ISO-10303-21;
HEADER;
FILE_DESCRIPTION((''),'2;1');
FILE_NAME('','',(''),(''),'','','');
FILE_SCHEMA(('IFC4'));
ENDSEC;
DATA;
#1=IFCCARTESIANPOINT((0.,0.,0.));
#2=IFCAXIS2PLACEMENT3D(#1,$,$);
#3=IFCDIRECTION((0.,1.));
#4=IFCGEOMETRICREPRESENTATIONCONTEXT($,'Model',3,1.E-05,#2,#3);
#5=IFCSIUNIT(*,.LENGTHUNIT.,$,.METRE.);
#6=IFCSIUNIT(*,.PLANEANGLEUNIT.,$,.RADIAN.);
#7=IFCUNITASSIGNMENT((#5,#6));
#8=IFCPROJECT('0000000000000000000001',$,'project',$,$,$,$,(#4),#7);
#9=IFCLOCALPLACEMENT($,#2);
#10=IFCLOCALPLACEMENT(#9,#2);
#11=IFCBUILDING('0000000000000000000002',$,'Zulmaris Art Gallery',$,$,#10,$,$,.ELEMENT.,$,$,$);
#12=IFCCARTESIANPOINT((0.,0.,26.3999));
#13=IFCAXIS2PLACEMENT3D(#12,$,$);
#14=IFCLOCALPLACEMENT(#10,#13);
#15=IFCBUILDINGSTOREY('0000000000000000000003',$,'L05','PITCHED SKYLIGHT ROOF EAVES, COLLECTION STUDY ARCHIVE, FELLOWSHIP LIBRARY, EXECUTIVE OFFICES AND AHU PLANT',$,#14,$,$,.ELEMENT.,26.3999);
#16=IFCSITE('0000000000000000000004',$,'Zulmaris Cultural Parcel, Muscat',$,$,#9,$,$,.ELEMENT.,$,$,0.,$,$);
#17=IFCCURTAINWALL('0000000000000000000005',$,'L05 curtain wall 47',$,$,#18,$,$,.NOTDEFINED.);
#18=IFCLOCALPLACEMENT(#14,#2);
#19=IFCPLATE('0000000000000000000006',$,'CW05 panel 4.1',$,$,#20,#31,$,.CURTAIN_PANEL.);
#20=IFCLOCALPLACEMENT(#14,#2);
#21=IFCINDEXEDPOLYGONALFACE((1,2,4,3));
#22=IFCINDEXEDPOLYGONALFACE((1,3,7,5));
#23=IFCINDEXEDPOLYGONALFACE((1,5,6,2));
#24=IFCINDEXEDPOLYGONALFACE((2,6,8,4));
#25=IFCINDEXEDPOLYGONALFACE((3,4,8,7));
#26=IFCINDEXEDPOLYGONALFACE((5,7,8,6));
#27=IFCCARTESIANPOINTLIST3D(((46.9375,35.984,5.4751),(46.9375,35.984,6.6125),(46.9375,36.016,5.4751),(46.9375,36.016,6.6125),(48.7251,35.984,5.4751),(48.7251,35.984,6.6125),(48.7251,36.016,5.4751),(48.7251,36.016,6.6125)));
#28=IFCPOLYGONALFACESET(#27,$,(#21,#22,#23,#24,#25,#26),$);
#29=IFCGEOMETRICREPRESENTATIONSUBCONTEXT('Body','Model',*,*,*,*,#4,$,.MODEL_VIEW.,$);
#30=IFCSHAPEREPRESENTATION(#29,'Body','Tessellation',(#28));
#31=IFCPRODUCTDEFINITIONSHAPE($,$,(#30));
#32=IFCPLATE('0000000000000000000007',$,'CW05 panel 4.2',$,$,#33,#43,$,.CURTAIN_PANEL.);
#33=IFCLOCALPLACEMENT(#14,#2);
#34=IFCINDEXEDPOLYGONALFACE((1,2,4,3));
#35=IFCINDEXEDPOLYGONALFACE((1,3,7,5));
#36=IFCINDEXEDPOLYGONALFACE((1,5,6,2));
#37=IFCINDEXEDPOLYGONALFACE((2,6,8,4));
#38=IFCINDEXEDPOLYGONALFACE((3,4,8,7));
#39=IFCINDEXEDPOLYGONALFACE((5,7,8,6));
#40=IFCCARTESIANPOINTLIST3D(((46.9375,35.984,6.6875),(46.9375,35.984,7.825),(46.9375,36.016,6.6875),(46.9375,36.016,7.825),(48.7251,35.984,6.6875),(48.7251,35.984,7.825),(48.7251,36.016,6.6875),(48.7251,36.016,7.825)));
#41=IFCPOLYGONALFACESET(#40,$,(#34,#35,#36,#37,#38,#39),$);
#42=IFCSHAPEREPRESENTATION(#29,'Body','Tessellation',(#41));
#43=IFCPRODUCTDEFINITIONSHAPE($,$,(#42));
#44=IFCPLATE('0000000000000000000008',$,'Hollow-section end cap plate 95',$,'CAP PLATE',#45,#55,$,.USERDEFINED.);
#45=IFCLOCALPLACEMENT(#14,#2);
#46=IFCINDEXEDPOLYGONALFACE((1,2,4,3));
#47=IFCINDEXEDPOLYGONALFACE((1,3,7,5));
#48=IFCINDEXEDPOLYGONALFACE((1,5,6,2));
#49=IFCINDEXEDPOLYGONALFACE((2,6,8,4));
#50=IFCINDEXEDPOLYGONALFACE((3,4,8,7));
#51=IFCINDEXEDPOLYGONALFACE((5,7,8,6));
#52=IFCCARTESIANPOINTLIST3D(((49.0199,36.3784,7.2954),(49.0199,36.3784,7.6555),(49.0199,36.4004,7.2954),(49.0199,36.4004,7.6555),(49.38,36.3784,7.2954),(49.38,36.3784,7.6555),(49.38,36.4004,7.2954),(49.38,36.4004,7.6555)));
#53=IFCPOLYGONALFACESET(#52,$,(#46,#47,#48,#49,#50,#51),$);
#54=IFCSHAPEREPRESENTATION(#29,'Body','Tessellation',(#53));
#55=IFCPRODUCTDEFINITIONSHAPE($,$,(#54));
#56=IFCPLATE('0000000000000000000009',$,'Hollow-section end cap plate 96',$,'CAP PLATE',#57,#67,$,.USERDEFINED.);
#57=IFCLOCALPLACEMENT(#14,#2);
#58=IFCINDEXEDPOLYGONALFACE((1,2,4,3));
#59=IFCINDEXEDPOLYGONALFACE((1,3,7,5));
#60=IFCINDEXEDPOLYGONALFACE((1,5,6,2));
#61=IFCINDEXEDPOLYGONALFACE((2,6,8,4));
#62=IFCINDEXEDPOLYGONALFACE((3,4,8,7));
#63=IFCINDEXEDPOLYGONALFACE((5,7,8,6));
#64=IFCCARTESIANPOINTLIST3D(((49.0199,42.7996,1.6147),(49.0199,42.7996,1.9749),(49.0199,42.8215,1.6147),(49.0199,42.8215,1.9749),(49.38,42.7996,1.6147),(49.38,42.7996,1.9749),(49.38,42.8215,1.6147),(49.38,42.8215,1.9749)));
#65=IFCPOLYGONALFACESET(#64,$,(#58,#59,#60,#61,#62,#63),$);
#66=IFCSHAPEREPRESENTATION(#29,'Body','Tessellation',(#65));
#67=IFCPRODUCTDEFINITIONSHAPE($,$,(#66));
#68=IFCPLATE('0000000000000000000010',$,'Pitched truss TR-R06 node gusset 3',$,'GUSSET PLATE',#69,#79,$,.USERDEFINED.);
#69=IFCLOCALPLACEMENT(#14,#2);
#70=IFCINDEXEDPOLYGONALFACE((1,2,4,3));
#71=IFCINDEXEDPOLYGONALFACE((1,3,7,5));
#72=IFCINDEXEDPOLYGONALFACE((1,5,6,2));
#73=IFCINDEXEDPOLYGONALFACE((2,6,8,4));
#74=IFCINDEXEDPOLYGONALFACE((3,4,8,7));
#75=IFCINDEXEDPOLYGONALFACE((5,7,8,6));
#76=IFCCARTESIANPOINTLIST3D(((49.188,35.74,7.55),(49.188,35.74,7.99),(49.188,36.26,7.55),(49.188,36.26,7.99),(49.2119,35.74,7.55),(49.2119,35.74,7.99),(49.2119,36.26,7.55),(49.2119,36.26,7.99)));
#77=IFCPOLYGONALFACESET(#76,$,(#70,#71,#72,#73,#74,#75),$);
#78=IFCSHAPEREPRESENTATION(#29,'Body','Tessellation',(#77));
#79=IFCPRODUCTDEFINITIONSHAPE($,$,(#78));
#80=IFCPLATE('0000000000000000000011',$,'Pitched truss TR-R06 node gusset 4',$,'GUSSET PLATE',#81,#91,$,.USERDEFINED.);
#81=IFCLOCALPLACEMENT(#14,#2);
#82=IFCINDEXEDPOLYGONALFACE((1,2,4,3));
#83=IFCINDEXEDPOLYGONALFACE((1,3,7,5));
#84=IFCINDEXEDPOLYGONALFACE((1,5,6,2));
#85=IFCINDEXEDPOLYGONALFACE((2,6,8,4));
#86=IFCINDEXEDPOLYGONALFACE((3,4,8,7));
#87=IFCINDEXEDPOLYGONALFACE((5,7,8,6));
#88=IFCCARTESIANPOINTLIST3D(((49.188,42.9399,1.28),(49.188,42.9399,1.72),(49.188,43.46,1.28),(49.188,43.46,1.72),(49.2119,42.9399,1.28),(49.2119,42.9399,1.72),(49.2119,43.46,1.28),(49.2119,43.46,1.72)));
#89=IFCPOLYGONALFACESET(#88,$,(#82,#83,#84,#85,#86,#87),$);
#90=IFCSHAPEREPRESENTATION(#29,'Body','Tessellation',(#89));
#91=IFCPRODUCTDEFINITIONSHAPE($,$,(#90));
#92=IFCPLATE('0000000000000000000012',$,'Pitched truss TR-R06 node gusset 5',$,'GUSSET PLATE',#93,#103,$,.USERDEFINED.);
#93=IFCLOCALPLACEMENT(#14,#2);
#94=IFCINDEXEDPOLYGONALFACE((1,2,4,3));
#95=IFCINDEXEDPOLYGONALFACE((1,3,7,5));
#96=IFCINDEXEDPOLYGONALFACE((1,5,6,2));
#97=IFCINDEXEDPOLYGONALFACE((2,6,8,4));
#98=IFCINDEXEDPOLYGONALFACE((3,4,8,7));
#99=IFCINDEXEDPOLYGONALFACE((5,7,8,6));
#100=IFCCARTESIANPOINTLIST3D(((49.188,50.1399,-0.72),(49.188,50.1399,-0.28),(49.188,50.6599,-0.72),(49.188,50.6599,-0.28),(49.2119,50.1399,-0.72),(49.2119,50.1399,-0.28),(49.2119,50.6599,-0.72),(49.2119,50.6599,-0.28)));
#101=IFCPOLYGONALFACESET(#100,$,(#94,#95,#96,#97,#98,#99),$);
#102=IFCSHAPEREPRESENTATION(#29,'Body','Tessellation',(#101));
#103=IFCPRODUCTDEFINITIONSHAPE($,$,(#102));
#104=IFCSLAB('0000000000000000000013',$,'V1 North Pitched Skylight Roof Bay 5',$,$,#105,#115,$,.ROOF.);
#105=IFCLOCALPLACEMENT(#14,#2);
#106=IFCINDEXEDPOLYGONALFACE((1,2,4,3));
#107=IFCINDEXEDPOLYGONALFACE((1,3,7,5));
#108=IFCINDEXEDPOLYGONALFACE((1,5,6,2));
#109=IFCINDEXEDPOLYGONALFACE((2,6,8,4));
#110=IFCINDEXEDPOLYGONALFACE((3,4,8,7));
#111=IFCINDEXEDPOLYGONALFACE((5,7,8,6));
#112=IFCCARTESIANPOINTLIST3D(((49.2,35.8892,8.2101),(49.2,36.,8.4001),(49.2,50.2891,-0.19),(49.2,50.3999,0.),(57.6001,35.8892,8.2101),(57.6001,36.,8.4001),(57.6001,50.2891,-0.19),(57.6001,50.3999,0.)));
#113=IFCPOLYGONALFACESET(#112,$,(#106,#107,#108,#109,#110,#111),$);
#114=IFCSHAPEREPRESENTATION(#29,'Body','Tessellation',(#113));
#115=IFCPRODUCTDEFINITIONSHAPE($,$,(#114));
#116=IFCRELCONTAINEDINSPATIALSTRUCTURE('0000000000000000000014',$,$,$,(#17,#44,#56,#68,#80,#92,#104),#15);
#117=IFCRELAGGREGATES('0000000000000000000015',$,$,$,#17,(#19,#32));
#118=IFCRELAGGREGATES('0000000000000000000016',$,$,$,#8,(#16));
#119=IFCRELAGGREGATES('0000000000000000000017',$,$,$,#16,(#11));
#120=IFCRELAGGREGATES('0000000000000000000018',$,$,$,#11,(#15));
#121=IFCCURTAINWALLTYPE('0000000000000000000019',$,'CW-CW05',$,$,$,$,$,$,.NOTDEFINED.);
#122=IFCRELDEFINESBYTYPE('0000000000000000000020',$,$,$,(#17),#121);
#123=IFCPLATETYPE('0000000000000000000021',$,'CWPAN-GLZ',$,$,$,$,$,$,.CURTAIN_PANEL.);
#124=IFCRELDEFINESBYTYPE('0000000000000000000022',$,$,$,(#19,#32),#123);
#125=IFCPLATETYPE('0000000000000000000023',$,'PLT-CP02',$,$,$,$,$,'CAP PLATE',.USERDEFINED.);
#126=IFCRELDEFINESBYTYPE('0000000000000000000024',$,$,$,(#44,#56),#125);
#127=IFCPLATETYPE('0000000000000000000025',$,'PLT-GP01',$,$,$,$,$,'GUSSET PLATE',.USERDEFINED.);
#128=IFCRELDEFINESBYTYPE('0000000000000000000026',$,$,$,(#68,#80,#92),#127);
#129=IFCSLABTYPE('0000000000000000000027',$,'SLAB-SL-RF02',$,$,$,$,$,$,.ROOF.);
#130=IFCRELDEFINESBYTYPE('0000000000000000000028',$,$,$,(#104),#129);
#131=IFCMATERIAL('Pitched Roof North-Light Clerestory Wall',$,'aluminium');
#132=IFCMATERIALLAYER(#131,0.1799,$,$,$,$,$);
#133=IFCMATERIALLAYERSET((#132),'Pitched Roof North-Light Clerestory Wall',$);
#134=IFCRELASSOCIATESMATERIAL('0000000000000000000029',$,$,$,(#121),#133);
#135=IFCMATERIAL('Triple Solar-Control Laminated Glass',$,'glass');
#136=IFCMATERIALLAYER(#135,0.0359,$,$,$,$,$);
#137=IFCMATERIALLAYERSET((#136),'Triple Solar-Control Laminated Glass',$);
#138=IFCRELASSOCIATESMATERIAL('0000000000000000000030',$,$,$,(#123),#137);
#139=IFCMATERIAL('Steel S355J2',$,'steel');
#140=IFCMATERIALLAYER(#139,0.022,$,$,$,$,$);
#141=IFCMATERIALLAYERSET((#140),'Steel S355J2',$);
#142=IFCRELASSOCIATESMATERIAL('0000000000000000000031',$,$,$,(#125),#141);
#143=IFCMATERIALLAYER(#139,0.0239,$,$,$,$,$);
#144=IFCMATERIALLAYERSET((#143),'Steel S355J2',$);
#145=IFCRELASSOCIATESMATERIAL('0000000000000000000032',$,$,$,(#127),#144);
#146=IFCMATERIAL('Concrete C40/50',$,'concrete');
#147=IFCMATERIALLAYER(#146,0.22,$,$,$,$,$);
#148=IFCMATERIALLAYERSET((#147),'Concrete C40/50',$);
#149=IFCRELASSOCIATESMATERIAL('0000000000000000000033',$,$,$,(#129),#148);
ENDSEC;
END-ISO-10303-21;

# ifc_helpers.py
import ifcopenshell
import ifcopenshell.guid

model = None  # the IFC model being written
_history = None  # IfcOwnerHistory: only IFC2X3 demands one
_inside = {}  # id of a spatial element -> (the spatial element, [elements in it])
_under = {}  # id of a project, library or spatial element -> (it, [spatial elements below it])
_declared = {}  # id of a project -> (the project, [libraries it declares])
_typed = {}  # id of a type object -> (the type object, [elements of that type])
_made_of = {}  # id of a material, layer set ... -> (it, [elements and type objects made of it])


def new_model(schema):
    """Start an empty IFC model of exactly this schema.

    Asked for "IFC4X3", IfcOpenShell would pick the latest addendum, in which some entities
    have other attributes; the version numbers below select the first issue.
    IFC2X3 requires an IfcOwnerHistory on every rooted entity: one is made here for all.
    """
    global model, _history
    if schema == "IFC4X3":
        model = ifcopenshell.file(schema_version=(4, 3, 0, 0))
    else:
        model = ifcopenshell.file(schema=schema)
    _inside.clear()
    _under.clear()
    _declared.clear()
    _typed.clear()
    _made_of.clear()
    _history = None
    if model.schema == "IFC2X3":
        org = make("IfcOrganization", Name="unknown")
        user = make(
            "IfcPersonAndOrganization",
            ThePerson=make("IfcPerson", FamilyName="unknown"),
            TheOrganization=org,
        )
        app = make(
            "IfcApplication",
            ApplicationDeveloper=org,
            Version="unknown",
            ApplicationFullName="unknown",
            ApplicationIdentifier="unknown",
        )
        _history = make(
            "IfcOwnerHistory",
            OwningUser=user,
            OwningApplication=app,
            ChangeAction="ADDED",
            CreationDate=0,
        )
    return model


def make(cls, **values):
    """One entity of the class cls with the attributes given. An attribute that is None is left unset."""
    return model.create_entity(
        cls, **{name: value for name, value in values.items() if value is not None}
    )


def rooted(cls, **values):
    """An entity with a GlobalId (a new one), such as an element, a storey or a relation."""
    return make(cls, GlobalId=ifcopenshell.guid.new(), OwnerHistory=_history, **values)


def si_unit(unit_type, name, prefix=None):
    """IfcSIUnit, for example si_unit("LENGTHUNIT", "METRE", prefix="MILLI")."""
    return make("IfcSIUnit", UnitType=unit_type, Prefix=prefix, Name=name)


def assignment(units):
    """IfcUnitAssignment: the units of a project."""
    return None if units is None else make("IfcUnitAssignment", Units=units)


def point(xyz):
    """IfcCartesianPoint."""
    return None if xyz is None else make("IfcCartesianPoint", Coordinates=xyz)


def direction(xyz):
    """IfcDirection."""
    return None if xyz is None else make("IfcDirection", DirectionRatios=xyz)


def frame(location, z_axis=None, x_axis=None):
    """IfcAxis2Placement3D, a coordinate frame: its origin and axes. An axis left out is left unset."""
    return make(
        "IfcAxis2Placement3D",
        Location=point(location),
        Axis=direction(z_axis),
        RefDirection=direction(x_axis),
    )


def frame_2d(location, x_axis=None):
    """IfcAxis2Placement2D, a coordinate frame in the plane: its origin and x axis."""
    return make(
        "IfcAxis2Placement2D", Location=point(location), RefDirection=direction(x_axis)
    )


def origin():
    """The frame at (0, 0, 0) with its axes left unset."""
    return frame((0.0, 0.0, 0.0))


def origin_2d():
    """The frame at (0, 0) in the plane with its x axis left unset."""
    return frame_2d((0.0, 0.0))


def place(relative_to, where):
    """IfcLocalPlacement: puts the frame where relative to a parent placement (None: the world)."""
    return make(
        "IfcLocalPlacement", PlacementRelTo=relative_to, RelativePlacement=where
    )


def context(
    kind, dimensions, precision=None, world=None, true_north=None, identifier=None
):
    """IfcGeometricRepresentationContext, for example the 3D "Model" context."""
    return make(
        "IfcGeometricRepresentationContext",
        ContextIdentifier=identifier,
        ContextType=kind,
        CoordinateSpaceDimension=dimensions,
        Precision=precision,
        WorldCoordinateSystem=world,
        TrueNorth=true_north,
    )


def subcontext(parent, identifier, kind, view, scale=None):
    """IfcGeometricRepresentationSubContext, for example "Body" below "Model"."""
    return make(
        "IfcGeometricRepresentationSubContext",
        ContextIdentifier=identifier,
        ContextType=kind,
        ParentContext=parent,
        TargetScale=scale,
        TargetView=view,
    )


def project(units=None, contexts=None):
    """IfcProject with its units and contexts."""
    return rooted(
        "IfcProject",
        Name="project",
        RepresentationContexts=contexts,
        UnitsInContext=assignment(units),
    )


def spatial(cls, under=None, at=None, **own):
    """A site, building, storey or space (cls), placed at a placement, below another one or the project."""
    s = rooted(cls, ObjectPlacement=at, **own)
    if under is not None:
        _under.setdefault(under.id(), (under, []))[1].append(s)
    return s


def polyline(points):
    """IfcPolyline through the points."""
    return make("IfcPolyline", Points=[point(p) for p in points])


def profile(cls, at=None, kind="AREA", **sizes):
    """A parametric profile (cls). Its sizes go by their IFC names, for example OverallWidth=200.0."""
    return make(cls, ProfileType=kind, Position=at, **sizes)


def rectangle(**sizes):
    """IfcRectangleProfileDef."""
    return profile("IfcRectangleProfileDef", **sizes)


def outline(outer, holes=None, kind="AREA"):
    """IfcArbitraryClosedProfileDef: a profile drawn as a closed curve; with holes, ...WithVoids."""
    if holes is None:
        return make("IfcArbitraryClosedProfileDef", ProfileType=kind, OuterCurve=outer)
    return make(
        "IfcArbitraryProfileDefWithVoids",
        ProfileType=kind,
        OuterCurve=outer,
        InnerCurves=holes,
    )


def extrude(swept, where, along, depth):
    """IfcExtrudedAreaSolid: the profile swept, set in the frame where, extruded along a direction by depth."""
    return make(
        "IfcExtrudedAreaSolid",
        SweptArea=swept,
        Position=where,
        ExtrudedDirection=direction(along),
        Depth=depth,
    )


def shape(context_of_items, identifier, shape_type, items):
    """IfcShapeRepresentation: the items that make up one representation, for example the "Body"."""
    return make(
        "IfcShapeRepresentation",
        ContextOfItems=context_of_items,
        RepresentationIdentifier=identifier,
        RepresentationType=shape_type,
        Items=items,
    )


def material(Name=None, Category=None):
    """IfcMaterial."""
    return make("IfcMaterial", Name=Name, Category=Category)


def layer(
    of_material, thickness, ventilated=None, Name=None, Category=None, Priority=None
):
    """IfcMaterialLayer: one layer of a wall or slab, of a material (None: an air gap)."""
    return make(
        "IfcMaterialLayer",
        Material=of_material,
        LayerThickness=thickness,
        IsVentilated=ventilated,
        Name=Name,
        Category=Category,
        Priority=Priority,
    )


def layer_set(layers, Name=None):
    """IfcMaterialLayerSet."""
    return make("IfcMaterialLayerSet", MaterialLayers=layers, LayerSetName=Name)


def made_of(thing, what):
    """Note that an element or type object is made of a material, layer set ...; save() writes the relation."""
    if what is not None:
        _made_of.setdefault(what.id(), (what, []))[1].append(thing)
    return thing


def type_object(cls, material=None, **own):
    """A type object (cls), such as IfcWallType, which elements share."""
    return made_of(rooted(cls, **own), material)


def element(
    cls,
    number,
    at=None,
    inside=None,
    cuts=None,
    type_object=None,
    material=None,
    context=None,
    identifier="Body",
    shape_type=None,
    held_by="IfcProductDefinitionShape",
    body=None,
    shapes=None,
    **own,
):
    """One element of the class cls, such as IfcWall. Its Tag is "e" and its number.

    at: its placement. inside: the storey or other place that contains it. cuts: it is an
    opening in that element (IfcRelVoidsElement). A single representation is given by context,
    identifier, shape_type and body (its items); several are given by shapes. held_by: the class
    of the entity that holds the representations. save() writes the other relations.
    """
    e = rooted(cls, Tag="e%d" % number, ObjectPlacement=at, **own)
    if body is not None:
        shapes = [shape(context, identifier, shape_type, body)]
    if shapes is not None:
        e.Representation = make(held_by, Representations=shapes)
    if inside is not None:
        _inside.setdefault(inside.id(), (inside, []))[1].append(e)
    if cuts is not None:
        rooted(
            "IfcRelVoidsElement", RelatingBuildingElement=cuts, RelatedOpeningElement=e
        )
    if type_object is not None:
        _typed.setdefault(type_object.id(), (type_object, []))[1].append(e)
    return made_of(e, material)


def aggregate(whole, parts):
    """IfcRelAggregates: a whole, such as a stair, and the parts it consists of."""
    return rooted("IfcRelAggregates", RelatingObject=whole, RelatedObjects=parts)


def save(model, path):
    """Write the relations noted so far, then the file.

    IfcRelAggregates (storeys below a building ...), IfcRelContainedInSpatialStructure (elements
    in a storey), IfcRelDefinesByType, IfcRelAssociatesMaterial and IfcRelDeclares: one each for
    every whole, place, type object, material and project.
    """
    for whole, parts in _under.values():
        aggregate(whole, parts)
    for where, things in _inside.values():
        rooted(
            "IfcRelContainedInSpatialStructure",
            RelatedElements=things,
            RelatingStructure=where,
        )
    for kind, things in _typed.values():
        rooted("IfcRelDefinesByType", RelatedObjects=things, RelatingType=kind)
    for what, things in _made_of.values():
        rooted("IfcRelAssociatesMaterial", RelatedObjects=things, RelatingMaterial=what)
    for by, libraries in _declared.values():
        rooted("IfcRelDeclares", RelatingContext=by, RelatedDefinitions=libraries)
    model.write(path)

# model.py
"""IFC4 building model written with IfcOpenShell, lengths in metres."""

from ifc_helpers import new_model, si_unit, direction, frame, origin, origin_2d, place, context, subcontext, project, spatial, polyline, rectangle, outline, extrude, material, layer, layer_set, type_object, element, aggregate, save


model = new_model("IFC4")

# Units and contexts
model_context = context("Model", 3, precision=1e-05, world=origin(), true_north=direction((0.0, 1.0)))
body_context = subcontext(model_context, "Body", "Model", "MODEL_VIEW")
ifc_project = project(units=[si_unit("LENGTHUNIT", "METRE"), si_unit("PLANEANGLEUNIT", "RADIAN")], contexts=[model_context])

# Site, building, storey
site_placement = place(None, origin())
site = spatial("IfcSite", under=ifc_project, at=site_placement, Name="Zulmaris Cultural Parcel, Muscat", CompositionType="ELEMENT", RefElevation=0.0)
building_placement = place(site_placement, origin())
building = spatial("IfcBuilding", under=site, at=building_placement, Name="Zulmaris Art Gallery", CompositionType="ELEMENT")
storey_placement = place(building_placement, frame((0.0, 0.0, 26.3999)))
storey = spatial("IfcBuildingStorey", under=building, at=storey_placement, Name="L05", Description="PITCHED SKYLIGHT ROOF EAVES, COLLECTION STUDY ARCHIVE, FELLOWSHIP LIBRARY, EXECUTIVE OFFICES AND AHU PLANT", CompositionType="ELEMENT", Elevation=26.3999)

# Curtain wall
ifc_material_1 = material(Name="Pitched Roof North-Light Clerestory Wall", Category="aluminium")
ifc_layer_1 = layer(ifc_material_1, 0.1799)
ifc_layer_set_1 = layer_set([ifc_layer_1], Name="Pitched Roof North-Light Clerestory Wall")
curtain_wall_type = type_object("IfcCurtainWallType", Name="CW-CW05", PredefinedType="NOTDEFINED", material=ifc_layer_set_1)
curtain_wall_placement = place(storey_placement, origin())
curtain_wall = element("IfcCurtainWall", 1, at=curtain_wall_placement, inside=storey, type_object=curtain_wall_type, Name="L05 curtain wall 47", PredefinedType="NOTDEFINED")

# Shared definitions
ifc_material_2 = material(Name="Steel S355J2", Category="steel")

# Plates
ifc_material_3 = material(Name="Triple Solar-Control Laminated Glass", Category="glass")
ifc_layer_2 = layer(ifc_material_3, 0.0359)
ifc_layer_set_2 = layer_set([ifc_layer_2], Name="Triple Solar-Control Laminated Glass")
plate_type_1 = type_object("IfcPlateType", Name="CWPAN-GLZ", PredefinedType="CURTAIN_PANEL", material=ifc_layer_set_2)
plate_1_placement = place(storey_placement, frame((47.8313, 36.0, 5.4751), z_axis=(0.0, 0.0, 1.0), x_axis=(1.0, 0.0, 0.0)))
plate_1 = element("IfcPlate", 2, at=plate_1_placement, type_object=plate_type_1, Name="CW05 panel 4.1", PredefinedType="CURTAIN_PANEL", context=body_context, shape_type="SweptSolid", body=[
    extrude(rectangle(XDim=1.7876, YDim=0.032, at=origin_2d()), origin(), (0.0, 0.0, 1.0), 1.1375),
])
plate_2_placement = place(storey_placement, frame((47.8313, 36.0, 6.6875), z_axis=(0.0, 0.0, 1.0), x_axis=(1.0, 0.0, 0.0)))
plate_2 = element("IfcPlate", 3, at=plate_2_placement, type_object=plate_type_1, Name="CW05 panel 4.2", PredefinedType="CURTAIN_PANEL", context=body_context, shape_type="SweptSolid", body=[
    extrude(rectangle(XDim=1.7876, YDim=0.032, at=origin_2d()), origin(), (0.0, 0.0, 1.0), 1.1375),
])
aggregate(curtain_wall, [plate_1, plate_2])

# Plates
ifc_layer_3 = layer(ifc_material_2, 0.022)
ifc_layer_set_3 = layer_set([ifc_layer_3], Name="Steel S355J2")
plate_type_2 = type_object("IfcPlateType", Name="PLT-CP02", ElementType="CAP PLATE", PredefinedType="USERDEFINED", material=ifc_layer_set_3)
for number, where, z_axis, x_axis, name in (
    (4, (49.2, 36.3894, 7.2954), (0.0, 0.0, 1.0), (1.0, 0.0, 0.0), "Hollow-section end cap plate 95"),
    (5, (49.2, 42.8105, 1.6147), (0.0, 0.0, 1.0), (1.0, 0.0, 0.0), "Hollow-section end cap plate 96"),
):
    element("IfcPlate", number, at=place(storey_placement, frame(where, z_axis=z_axis, x_axis=x_axis)), inside=storey, type_object=plate_type_2, Name=name, ObjectType="CAP PLATE", PredefinedType="USERDEFINED", context=body_context, shape_type="SweptSolid", body=[
        extrude(rectangle(XDim=0.3601, YDim=0.022, at=origin_2d()), origin(), (0.0, 0.0, 1.0), 0.3601),
    ])
ifc_layer_4 = layer(ifc_material_2, 0.0239)
ifc_layer_set_4 = layer_set([ifc_layer_4], Name="Steel S355J2")
plate_type_3 = type_object("IfcPlateType", Name="PLT-GP01", ElementType="GUSSET PLATE", PredefinedType="USERDEFINED", material=ifc_layer_set_4)
for number, where, z_axis, x_axis, name in (
    (6, (49.2, 36.0, 7.55), (0.0, 0.0, 1.0), (1.0, 0.0, 0.0), "Pitched truss TR-R06 node gusset 3"),
    (7, (49.2, 43.2, 1.28), (0.0, 0.0, 1.0), (1.0, 0.0, 0.0), "Pitched truss TR-R06 node gusset 4"),
    (8, (49.2, 50.3999, -0.72), (0.0, 0.0, 1.0), (1.0, 0.0, 0.0), "Pitched truss TR-R06 node gusset 5"),
):
    element("IfcPlate", number, at=place(storey_placement, frame(where, z_axis=z_axis, x_axis=x_axis)), inside=storey, type_object=plate_type_3, Name=name, ObjectType="GUSSET PLATE", PredefinedType="USERDEFINED", context=body_context, shape_type="SweptSolid", body=[
        extrude(rectangle(XDim=0.0239, YDim=0.52, at=origin_2d()), origin(), (0.0, 0.0, 1.0), 0.4399),
    ])

# Slab
ifc_material_4 = material(Name="Concrete C40/50", Category="concrete")
ifc_layer_5 = layer(ifc_material_4, 0.22)
ifc_layer_set_5 = layer_set([ifc_layer_5], Name="Concrete C40/50")
slab_type = type_object("IfcSlabType", Name="SLAB-SL-RF02", PredefinedType="ROOF", material=ifc_layer_set_5)
slab_placement = place(storey_placement, frame((49.2, 36.0, 8.4001), z_axis=(0.0, 0.50388, 0.863774), x_axis=(1.0, 0.0, 0.0)))
element("IfcSlab", 9, at=slab_placement, inside=storey, type_object=slab_type, Name="V1 North Pitched Skylight Roof Bay 5", PredefinedType="ROOF", context=body_context, shape_type="SweptSolid", body=[
    extrude(outline(polyline([(0.0, 0.0), (8.4001, 0.0), (8.4001, 16.6709), (0.0, 16.6709), (0.0, 0.0)])), origin(), (0.0, 0.0, -1.0), 0.22),
])

save(model, "model.ifc")
